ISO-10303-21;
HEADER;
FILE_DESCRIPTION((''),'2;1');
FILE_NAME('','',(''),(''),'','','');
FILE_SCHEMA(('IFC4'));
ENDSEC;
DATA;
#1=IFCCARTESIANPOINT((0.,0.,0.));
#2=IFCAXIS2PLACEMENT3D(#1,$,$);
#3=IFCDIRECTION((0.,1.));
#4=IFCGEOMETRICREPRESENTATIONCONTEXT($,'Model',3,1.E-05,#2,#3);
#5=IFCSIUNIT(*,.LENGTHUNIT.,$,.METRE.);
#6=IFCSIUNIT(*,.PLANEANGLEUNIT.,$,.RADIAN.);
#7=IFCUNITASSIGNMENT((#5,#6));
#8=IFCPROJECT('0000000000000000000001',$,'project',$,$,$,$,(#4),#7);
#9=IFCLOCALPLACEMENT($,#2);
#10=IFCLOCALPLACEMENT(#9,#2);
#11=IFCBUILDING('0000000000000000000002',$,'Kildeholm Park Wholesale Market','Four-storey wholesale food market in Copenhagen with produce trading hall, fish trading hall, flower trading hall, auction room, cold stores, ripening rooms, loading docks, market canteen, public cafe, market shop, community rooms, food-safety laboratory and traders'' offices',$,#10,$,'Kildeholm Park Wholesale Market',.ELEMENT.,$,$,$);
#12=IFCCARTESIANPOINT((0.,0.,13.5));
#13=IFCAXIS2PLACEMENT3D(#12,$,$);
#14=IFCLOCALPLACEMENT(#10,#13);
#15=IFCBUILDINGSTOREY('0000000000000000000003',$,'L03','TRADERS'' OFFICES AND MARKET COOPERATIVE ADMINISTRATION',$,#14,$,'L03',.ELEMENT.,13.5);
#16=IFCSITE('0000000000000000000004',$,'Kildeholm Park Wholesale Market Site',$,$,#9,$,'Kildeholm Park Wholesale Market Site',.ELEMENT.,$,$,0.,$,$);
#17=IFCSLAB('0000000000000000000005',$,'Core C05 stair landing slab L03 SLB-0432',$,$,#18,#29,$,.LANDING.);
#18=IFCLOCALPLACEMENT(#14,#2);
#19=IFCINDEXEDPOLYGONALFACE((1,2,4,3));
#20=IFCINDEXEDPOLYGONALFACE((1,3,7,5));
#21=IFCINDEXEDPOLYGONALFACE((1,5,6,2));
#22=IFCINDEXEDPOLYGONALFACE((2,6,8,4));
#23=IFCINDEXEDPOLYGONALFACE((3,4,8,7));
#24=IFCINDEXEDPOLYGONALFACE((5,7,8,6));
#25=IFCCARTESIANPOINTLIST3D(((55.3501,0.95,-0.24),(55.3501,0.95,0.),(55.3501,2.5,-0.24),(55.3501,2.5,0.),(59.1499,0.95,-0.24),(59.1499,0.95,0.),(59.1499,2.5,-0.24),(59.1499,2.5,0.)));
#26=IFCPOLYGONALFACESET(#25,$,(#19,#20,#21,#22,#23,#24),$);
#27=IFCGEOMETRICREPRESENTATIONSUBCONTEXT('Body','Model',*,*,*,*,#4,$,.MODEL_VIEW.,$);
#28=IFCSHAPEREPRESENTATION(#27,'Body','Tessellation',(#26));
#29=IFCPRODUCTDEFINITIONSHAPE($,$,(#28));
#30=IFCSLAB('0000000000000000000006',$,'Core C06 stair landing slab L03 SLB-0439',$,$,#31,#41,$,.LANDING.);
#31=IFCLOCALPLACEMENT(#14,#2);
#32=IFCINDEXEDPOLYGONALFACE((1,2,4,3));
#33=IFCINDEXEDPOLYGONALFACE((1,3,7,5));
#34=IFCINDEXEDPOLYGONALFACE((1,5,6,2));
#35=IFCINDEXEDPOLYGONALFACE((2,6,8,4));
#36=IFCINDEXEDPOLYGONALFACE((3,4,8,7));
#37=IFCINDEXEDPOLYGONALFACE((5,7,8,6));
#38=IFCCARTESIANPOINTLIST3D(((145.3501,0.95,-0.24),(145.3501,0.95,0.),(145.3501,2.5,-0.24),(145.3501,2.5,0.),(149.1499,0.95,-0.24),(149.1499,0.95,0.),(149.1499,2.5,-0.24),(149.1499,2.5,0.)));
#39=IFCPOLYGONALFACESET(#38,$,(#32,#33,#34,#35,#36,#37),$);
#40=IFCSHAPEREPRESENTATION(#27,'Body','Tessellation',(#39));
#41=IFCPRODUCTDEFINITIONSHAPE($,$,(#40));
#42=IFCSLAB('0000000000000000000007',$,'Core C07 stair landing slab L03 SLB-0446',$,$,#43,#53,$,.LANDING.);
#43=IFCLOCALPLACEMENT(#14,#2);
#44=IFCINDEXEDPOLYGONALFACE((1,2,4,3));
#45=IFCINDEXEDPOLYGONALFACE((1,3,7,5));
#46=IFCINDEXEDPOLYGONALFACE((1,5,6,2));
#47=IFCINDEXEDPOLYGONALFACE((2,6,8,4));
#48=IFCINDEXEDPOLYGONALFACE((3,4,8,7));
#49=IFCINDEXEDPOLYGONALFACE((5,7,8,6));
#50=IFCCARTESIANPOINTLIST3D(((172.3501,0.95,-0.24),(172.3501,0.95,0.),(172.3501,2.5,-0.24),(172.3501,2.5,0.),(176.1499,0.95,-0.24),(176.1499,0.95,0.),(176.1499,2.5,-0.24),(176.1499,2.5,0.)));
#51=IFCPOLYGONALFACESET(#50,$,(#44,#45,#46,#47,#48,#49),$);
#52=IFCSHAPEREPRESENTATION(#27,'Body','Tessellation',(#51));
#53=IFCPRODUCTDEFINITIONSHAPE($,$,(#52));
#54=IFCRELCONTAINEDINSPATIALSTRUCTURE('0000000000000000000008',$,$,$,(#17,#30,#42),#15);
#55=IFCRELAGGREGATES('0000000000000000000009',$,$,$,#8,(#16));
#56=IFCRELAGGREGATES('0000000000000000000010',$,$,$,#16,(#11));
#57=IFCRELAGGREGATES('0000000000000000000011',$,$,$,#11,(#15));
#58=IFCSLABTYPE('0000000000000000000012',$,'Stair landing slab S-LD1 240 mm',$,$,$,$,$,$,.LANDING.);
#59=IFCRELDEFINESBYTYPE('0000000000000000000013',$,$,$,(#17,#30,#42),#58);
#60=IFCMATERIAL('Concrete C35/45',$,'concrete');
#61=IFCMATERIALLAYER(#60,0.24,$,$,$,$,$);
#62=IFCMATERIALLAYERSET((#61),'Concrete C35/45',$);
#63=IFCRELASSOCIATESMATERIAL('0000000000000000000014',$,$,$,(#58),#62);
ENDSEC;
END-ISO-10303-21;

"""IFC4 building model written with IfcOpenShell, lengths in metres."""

from ifc_helpers import new_model, si_unit, direction, frame, origin, place, context, subcontext, project, spatial, polyline, outline, extrude, material, layer, layer_set, type_object, element, save


model = new_model("IFC4")

# Units and contexts
model_context = context("Model", 3, precision=1e-05, world=origin(), true_north=direction((0.0, 1.0)))
body_context = subcontext(model_context, "Body", "Model", "MODEL_VIEW")
ifc_project = project(units=[si_unit("LENGTHUNIT", "METRE"), si_unit("PLANEANGLEUNIT", "RADIAN")], contexts=[model_context])

# Site, building, storey
site_placement = place(None, origin())
site = spatial("IfcSite", under=ifc_project, at=site_placement, Name="Kildeholm Park Wholesale Market Site", LongName="Kildeholm Park Wholesale Market Site", CompositionType="ELEMENT", RefElevation=0.0)
building_placement = place(site_placement, origin())
building = spatial("IfcBuilding", under=site, at=building_placement, Name="Kildeholm Park Wholesale Market", Description="Four-storey wholesale food market in Copenhagen with produce trading hall, fish trading hall, flower trading hall, auction room, cold stores, ripening rooms, loading docks, market canteen, public cafe, market shop, community rooms, food-safety laboratory and traders' offices", LongName="Kildeholm Park Wholesale Market", CompositionType="ELEMENT")
storey_placement = place(building_placement, frame((0.0, 0.0, 13.5)))
storey = spatial("IfcBuildingStorey", under=building, at=storey_placement, Name="L03", Description="TRADERS' OFFICES AND MARKET COOPERATIVE ADMINISTRATION", LongName="L03", CompositionType="ELEMENT", Elevation=13.5)

# Slabs
ifc_material_1 = material(Name="Concrete C35/45", Category="concrete")
ifc_layer_1 = layer(ifc_material_1, 0.24)
ifc_layer_set_1 = layer_set([ifc_layer_1], Name="Concrete C35/45")
slab_type_1 = type_object("IfcSlabType", Name="Stair landing slab S-LD1 240 mm", PredefinedType="LANDING", material=ifc_layer_set_1)
slab_1_placement = place(storey_placement, frame((0.0, 0.0, -0.24)))
element("IfcSlab", 1, at=slab_1_placement, inside=storey, type_object=slab_type_1, Name="Core C05 stair landing slab L03 SLB-0432", PredefinedType="LANDING", context=body_context, shape_type="SweptSolid", body=[
    extrude(outline(polyline([(55.3501, 0.95), (59.1499, 0.95), (59.1499, 2.5), (55.3501, 2.5), (55.3501, 0.95)])), origin(), (0.0, 0.0, 1.0), 0.24),
])
slab_2_placement = place(storey_placement, frame((0.0, 0.0, -0.24)))
element("IfcSlab", 2, at=slab_2_placement, inside=storey, type_object=slab_type_1, Name="Core C06 stair landing slab L03 SLB-0439", PredefinedType="LANDING", context=body_context, shape_type="SweptSolid", body=[
    extrude(outline(polyline([(145.3501, 0.95), (149.1499, 0.95), (149.1499, 2.5), (145.3501, 2.5), (145.3501, 0.95)])), origin(), (0.0, 0.0, 1.0), 0.24),
])
slab_3_placement = place(storey_placement, frame((0.0, 0.0, -0.24)))
element("IfcSlab", 3, at=slab_3_placement, inside=storey, type_object=slab_type_1, Name="Core C07 stair landing slab L03 SLB-0446", PredefinedType="LANDING", context=body_context, shape_type="SweptSolid", body=[
    extrude(outline(polyline([(172.3501, 0.95), (176.1499, 0.95), (176.1499, 2.5), (172.3501, 2.5), (172.3501, 0.95)])), origin(), (0.0, 0.0, 1.0), 0.24),
])

save(model, "model.ifc")
